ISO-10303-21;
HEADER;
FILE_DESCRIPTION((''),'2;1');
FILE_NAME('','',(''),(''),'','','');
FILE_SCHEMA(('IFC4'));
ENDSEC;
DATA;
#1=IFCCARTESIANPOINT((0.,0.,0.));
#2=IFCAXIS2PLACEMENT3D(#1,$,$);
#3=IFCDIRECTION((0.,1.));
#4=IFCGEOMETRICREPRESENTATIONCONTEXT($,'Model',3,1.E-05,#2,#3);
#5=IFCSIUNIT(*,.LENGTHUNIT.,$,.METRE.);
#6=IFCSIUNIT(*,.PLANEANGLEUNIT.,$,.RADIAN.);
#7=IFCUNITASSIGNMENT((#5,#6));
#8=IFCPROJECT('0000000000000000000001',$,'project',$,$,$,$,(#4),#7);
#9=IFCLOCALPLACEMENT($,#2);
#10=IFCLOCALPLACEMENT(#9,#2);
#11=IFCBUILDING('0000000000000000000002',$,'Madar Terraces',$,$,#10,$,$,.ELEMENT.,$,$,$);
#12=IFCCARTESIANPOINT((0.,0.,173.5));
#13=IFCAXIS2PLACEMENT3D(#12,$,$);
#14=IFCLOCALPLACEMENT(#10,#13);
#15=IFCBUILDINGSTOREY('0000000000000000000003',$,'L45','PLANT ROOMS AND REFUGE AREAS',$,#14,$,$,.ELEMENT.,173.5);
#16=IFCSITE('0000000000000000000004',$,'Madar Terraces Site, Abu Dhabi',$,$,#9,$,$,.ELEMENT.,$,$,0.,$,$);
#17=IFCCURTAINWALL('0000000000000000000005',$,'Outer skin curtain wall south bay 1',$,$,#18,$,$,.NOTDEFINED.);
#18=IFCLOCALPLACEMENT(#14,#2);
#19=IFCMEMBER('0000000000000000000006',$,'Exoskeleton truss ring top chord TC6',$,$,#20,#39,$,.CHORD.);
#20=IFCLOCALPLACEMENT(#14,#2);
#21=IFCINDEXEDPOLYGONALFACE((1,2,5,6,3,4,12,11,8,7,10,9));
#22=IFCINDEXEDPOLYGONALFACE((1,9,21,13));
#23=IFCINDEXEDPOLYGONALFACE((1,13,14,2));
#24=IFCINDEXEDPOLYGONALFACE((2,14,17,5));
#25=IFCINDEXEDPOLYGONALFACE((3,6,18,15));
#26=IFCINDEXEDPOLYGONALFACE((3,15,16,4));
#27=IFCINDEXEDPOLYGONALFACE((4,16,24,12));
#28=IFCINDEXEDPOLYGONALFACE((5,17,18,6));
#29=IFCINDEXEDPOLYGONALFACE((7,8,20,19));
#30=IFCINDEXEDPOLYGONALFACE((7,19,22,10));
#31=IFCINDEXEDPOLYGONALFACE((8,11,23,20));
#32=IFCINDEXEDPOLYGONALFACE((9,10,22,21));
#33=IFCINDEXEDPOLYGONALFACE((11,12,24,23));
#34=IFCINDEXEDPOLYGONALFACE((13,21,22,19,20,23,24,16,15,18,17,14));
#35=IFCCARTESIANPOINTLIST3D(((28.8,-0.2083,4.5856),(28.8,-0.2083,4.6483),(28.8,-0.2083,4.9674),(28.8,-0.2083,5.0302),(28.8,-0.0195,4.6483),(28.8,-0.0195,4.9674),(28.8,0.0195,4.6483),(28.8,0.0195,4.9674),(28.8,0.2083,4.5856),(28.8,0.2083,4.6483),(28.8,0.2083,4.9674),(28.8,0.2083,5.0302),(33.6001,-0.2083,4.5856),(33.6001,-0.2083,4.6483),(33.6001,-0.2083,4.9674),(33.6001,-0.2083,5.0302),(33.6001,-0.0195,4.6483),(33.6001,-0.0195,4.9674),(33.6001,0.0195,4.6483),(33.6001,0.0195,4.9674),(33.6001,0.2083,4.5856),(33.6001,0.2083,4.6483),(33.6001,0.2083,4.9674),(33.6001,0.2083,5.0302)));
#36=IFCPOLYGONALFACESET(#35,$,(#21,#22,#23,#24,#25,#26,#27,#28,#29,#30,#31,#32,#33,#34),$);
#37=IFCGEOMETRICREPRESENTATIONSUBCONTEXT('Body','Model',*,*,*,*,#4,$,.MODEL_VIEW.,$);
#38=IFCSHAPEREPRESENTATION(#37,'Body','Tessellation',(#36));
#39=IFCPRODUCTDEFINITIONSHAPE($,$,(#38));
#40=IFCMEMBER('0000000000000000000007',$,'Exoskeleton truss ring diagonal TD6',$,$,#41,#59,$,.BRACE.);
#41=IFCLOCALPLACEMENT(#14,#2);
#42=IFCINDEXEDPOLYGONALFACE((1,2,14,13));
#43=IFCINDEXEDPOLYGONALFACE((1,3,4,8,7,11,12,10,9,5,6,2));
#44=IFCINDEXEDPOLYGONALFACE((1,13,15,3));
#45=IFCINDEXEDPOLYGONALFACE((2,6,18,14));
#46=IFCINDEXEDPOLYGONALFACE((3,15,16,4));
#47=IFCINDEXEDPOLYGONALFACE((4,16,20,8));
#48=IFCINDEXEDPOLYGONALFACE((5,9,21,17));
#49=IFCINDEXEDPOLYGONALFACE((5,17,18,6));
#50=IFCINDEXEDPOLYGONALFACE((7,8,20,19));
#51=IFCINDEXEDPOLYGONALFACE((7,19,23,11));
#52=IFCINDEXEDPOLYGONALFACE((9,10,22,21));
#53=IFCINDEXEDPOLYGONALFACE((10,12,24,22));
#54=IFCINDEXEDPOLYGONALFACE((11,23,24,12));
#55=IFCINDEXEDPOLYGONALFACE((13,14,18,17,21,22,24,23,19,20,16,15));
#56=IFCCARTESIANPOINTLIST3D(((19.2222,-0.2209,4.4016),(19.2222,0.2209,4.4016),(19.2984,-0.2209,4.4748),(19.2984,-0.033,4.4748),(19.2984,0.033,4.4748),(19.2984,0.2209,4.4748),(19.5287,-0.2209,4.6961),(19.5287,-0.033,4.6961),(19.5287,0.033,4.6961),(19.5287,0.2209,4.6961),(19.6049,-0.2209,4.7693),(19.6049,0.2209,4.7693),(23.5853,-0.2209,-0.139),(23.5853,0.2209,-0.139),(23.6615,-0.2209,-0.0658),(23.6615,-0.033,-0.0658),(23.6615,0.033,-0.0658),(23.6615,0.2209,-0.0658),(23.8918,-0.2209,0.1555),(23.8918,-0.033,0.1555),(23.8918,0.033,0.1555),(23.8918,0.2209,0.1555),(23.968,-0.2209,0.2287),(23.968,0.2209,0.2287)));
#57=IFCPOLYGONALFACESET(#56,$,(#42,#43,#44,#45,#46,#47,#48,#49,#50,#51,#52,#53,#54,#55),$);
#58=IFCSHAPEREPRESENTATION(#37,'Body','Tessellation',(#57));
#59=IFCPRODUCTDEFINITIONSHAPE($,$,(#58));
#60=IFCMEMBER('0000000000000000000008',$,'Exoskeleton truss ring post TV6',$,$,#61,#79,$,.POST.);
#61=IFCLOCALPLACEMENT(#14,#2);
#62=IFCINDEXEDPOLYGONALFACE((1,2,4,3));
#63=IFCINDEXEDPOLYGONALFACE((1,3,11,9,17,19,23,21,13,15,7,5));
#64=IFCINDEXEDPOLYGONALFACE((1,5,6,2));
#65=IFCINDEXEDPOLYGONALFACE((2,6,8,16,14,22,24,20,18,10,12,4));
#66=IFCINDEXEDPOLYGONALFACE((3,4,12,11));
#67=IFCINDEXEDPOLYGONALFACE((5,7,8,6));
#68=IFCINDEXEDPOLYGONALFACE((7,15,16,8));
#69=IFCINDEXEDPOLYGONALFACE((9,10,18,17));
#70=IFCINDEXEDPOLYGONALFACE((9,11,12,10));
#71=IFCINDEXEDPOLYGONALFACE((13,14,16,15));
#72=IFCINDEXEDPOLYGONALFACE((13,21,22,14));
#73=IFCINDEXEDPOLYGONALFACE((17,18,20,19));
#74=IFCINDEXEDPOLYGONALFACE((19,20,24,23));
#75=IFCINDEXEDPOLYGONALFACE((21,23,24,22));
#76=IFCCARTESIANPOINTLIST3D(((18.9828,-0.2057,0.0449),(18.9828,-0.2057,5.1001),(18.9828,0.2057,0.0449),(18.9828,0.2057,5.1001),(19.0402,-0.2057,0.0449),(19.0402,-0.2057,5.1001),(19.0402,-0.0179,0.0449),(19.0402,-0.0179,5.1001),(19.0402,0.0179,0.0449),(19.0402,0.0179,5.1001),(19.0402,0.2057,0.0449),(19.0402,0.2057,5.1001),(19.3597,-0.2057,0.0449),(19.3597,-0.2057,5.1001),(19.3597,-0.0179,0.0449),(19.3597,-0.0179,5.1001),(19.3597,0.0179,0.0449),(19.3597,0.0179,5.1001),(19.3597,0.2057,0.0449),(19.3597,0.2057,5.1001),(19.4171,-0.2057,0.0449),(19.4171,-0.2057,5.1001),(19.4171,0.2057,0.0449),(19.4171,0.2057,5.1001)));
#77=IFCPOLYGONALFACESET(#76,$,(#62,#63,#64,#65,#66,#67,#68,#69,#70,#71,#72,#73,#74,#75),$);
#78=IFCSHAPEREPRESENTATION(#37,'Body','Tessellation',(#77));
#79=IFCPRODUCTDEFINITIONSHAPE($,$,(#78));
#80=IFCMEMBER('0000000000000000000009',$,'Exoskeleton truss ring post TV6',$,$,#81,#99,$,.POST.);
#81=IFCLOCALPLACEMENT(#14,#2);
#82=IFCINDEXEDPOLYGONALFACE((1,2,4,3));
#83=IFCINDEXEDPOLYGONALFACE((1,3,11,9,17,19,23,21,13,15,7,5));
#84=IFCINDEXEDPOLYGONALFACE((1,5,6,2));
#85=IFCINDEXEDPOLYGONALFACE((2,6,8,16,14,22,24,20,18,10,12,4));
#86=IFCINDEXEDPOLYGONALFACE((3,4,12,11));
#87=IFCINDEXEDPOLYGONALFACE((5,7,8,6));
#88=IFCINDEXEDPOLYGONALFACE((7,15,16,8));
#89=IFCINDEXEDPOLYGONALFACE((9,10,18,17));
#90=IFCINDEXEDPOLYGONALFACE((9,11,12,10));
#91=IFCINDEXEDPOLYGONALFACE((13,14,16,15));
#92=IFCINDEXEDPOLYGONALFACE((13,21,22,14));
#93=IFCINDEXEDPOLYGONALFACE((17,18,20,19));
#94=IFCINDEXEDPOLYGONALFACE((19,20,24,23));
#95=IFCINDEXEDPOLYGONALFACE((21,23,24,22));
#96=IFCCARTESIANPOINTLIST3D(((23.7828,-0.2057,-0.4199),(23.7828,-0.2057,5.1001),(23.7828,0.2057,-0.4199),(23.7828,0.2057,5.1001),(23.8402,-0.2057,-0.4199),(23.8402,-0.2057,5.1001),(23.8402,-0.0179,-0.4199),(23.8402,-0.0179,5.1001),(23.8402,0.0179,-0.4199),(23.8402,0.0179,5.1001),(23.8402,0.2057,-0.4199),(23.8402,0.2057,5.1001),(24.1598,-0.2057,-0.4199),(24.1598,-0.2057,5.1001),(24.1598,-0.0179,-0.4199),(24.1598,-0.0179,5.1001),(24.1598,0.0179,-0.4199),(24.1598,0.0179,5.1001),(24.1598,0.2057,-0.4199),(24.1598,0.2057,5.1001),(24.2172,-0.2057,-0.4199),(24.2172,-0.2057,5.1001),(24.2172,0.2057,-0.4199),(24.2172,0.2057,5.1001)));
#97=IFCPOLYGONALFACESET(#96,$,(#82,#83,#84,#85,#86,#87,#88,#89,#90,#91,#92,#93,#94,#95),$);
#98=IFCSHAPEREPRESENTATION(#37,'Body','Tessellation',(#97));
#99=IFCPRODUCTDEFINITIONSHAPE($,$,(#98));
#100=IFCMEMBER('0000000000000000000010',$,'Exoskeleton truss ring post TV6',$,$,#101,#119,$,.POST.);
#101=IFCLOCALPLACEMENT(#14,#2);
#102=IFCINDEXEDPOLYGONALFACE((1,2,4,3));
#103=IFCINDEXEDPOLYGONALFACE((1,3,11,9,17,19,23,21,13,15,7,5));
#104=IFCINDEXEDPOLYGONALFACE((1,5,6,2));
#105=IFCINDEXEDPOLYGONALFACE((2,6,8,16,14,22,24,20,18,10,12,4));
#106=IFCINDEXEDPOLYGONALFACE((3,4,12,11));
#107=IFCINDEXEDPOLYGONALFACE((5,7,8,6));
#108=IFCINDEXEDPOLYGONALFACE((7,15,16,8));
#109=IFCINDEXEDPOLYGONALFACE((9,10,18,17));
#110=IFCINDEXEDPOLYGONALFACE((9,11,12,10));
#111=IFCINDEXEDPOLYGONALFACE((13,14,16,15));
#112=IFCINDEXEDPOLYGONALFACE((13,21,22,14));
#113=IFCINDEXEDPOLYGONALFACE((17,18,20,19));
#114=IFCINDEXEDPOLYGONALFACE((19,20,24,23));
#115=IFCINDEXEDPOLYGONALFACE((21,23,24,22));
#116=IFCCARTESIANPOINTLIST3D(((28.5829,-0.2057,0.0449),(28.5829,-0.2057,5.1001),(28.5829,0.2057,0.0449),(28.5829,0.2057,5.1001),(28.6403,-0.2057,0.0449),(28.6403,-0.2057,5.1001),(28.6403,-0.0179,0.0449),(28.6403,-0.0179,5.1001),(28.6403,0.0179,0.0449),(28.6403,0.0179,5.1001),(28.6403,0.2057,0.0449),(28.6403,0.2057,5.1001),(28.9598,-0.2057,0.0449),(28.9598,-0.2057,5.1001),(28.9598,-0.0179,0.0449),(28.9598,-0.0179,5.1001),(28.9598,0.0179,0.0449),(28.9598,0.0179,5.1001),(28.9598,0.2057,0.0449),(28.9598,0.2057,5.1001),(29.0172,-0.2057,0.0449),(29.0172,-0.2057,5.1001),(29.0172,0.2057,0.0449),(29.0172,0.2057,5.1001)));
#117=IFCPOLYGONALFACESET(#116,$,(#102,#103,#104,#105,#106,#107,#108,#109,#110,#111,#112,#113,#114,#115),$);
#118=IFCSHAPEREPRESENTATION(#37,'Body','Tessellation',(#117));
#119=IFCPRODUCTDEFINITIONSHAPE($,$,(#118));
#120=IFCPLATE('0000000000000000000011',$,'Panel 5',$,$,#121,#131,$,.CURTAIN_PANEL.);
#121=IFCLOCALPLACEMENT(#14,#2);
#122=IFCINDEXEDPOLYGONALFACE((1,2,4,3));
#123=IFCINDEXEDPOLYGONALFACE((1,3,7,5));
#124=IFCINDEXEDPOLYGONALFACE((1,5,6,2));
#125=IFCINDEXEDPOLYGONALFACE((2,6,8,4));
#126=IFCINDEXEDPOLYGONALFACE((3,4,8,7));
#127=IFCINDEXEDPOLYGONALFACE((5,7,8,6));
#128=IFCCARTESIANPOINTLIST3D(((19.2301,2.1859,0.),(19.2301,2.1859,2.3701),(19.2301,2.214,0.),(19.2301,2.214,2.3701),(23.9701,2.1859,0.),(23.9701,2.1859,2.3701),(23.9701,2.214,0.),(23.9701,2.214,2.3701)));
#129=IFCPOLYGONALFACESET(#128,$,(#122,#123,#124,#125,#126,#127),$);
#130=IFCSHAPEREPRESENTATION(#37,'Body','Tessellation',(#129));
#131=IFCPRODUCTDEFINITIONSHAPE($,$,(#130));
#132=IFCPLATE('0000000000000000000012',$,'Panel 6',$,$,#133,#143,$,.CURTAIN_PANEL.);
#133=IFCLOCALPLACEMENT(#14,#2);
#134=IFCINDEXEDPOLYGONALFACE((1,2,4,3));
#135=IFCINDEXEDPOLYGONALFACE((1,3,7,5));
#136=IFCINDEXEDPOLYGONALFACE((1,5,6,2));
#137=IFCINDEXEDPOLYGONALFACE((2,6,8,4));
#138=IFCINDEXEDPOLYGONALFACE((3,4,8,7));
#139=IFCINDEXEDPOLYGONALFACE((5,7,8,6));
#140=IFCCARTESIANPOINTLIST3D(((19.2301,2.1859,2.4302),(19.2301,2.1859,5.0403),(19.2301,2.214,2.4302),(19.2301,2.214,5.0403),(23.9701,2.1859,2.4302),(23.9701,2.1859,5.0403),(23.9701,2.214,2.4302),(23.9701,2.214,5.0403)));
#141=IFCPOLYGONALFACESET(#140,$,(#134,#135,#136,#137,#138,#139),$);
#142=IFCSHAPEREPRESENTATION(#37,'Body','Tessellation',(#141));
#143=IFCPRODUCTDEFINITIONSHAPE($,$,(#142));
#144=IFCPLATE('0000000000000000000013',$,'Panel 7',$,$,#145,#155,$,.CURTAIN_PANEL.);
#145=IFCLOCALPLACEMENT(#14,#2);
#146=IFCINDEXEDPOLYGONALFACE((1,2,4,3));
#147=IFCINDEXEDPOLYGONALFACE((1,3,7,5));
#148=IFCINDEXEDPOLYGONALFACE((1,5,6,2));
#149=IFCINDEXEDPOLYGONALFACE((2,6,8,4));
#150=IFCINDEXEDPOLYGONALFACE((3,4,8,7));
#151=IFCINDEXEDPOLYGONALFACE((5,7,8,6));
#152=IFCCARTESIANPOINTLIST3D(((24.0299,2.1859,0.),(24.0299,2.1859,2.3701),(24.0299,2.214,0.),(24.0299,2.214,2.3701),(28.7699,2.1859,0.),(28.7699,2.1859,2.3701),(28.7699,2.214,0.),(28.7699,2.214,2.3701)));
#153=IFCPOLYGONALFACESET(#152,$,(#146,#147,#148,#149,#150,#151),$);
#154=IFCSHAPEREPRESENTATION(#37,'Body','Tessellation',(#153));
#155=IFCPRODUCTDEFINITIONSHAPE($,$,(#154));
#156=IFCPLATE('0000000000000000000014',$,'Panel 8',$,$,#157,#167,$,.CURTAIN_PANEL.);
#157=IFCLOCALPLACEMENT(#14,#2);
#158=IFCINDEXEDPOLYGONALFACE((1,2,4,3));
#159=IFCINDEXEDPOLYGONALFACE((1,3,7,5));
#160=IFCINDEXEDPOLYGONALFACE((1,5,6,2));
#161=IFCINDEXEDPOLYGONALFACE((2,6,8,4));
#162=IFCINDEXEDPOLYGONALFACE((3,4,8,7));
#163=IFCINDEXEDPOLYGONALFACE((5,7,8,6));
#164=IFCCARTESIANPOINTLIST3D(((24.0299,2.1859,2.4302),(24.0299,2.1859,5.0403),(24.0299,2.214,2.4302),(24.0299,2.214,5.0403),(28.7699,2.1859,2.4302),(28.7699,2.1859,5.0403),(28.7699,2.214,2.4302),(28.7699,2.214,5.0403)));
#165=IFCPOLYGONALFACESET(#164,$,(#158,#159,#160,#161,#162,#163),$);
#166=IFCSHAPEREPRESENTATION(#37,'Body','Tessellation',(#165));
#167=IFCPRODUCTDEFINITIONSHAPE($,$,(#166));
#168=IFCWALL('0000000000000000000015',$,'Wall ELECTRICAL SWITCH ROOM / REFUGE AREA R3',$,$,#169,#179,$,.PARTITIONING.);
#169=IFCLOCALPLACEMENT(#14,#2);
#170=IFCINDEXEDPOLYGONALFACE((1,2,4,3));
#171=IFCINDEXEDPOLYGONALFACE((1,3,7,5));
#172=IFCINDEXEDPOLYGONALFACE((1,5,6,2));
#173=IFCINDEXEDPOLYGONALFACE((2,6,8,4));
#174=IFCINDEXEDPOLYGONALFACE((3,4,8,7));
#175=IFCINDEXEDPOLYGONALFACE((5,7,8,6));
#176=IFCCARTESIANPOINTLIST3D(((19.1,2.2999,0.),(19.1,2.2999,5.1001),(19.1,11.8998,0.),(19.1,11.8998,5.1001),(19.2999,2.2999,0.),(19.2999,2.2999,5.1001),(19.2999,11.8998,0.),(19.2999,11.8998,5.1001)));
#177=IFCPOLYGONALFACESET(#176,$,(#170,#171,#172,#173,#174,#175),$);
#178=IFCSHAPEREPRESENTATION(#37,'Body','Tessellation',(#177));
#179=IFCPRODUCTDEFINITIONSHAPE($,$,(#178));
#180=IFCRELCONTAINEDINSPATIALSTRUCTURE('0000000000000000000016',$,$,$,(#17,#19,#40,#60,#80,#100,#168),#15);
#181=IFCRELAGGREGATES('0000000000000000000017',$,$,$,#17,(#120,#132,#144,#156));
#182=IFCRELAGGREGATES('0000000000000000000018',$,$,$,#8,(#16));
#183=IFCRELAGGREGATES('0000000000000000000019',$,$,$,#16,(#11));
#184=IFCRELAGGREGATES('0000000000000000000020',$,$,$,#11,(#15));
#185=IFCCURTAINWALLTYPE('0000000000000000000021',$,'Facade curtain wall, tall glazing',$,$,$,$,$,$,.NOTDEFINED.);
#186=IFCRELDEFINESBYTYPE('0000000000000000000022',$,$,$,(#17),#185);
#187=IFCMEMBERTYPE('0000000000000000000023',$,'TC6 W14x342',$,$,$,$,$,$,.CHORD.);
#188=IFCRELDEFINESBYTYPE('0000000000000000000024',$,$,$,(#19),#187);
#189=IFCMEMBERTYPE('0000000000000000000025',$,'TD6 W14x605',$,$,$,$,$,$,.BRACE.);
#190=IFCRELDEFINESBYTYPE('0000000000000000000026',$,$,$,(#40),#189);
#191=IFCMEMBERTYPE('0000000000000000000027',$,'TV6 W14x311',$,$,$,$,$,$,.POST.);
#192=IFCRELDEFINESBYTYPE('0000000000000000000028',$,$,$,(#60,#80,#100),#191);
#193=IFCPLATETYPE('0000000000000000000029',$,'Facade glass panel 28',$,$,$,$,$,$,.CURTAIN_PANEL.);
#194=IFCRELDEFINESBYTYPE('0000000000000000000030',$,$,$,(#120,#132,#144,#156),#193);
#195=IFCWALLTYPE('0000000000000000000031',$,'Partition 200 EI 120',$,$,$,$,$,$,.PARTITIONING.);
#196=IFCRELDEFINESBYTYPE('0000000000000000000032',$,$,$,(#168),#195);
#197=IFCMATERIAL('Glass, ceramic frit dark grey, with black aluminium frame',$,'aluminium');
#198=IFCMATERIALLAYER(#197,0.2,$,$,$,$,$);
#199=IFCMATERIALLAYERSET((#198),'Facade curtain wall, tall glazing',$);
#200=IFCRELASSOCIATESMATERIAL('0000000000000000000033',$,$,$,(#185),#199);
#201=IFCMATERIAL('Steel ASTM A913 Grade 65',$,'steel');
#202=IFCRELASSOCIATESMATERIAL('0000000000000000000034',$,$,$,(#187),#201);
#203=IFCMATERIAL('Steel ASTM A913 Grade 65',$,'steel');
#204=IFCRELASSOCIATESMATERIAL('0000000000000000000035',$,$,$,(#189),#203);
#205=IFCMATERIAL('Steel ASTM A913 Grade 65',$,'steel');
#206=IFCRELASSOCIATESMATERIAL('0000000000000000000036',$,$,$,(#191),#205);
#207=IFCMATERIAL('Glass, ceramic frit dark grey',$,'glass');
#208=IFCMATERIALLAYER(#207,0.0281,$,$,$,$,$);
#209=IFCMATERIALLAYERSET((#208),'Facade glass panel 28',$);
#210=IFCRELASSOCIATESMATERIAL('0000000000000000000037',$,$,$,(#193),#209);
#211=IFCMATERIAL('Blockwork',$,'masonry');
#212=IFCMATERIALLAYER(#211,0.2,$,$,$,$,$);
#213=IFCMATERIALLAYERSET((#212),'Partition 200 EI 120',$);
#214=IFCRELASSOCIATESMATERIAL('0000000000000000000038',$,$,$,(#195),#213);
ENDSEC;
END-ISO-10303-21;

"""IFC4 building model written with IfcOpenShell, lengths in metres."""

from ifc_helpers import new_model, si_unit, direction, frame, frame_2d, origin, origin_2d, place, context, subcontext, project, spatial, rectangle, i_section, extrude, material, layer, layer_set, material_profile, profile_set, type_object, element, aggregate, save


model = new_model("IFC4")

# Units and contexts
model_context = context("Model", 3, precision=1e-05, world=origin(), true_north=direction((0.0, 1.0)))
body_context = subcontext(model_context, "Body", "Model", "MODEL_VIEW")
ifc_project = project(units=[si_unit("LENGTHUNIT", "METRE"), si_unit("PLANEANGLEUNIT", "RADIAN")], contexts=[model_context])

# Site, building, storey
site_placement = place(None, origin())
site = spatial("IfcSite", under=ifc_project, at=site_placement, Name="Madar Terraces Site, Abu Dhabi", CompositionType="ELEMENT", RefElevation=0.0)
building_placement = place(site_placement, origin())
building = spatial("IfcBuilding", under=site, at=building_placement, Name="Madar Terraces", CompositionType="ELEMENT")
storey_placement = place(building_placement, frame((0.0, 0.0, 173.5)))
storey = spatial("IfcBuildingStorey", under=building, at=storey_placement, Name="L45", Description="PLANT ROOMS AND REFUGE AREAS", CompositionType="ELEMENT", Elevation=173.5)

# Curtain wall
ifc_material_1 = material(Name="Glass, ceramic frit dark grey, with black aluminium frame", Category="aluminium")
ifc_layer_1 = layer(ifc_material_1, 0.2)
ifc_layer_set_1 = layer_set([ifc_layer_1], Name="Facade curtain wall, tall glazing")
curtain_wall_type = type_object("IfcCurtainWallType", Name="Facade curtain wall, tall glazing", PredefinedType="NOTDEFINED", material=ifc_layer_set_1)
curtain_wall_placement = place(storey_placement, origin())
curtain_wall = element("IfcCurtainWall", 1, at=curtain_wall_placement, inside=storey, type_object=curtain_wall_type, Name="Outer skin curtain wall south bay 1", PredefinedType="NOTDEFINED")

# Members
ifc_material_2 = material(Name="Steel ASTM A913 Grade 65", Category="steel")
ifc_material_profile_1 = material_profile(ifc_material_2, i_section(OverallWidth=0.4165, OverallDepth=0.4446, WebThickness=0.0391, FlangeThickness=0.0627, at=origin_2d()), Name="W14x342")
ifc_profile_set_1 = profile_set([ifc_material_profile_1], Name="Steel ASTM A913 Grade 65")
member_type_1 = type_object("IfcMemberType", Name="TC6 W14x342", PredefinedType="CHORD", material=ifc_profile_set_1)
for number, where, z_axis, x_axis, name in (
    (2, (28.8, 0.0, 4.8079), (1.0, 0.0, 0.0), (0.0, 1.0, 0.0), "Exoskeleton truss ring top chord TC6"),
):
    element("IfcMember", number, at=place(storey_placement, frame(where, z_axis=z_axis, x_axis=x_axis)), inside=storey, type_object=member_type_1, Name=name, PredefinedType="CHORD", context=body_context, shape_type="SweptSolid", body=[
        extrude(i_section(OverallWidth=0.4165, OverallDepth=0.4446, WebThickness=0.0391, FlangeThickness=0.0627, at=origin_2d()), origin(), (0.0, 0.0, 1.0), 4.8),
    ])
ifc_material_3 = material(Name="Steel ASTM A913 Grade 65", Category="steel")
ifc_material_profile_2 = material_profile(ifc_material_3, i_section(OverallWidth=0.4419, OverallDepth=0.5308, WebThickness=0.0659, FlangeThickness=0.1057, at=origin_2d()), Name="W14x605")
ifc_profile_set_2 = profile_set([ifc_material_profile_2], Name="Steel ASTM A913 Grade 65")
member_type_2 = type_object("IfcMemberType", Name="TD6 W14x605", PredefinedType="BRACE", material=ifc_profile_set_2)
member_1_placement = place(storey_placement, frame((19.4136, 0.0, 4.5854), z_axis=(0.692873, 0.0, -0.72106), x_axis=(0.0, 1.0, 0.0)))
element("IfcMember", 3, at=member_1_placement, inside=storey, type_object=member_type_2, Name="Exoskeleton truss ring diagonal TD6", PredefinedType="BRACE", context=body_context, shape_type="SweptSolid", body=[
    extrude(i_section(OverallWidth=0.4419, OverallDepth=0.5308, WebThickness=0.0659, FlangeThickness=0.1057, at=origin_2d()), origin(), (0.0, 0.0, 1.0), 6.2971),
])
ifc_material_4 = material(Name="Steel ASTM A913 Grade 65", Category="steel")
ifc_material_profile_3 = material_profile(ifc_material_4, i_section(OverallWidth=0.4114, OverallDepth=0.4343, WebThickness=0.0359, FlangeThickness=0.0574, at=origin_2d()), Name="W14x311")
ifc_profile_set_3 = profile_set([ifc_material_profile_3], Name="Steel ASTM A913 Grade 65")
member_type_3 = type_object("IfcMemberType", Name="TV6 W14x311", PredefinedType="POST", material=ifc_profile_set_3)
member_2_placement = place(storey_placement, frame((19.2, 0.0, 0.0449), z_axis=(0.0, 0.0, 1.0), x_axis=(0.0, 1.0, 0.0)))
element("IfcMember", 4, at=member_2_placement, inside=storey, type_object=member_type_3, Name="Exoskeleton truss ring post TV6", PredefinedType="POST", context=body_context, shape_type="SweptSolid", body=[
    extrude(i_section(OverallWidth=0.4114, OverallDepth=0.4343, WebThickness=0.0359, FlangeThickness=0.0574, at=origin_2d()), origin(), (0.0, 0.0, 1.0), 5.0552),
])
member_3_placement = place(storey_placement, frame((24.0, 0.0, -0.4199), z_axis=(0.0, 0.0, 1.0), x_axis=(0.0, 1.0, 0.0)))
element("IfcMember", 5, at=member_3_placement, inside=storey, type_object=member_type_3, Name="Exoskeleton truss ring post TV6", PredefinedType="POST", context=body_context, shape_type="SweptSolid", body=[
    extrude(i_section(OverallWidth=0.4114, OverallDepth=0.4343, WebThickness=0.0359, FlangeThickness=0.0574, at=origin_2d()), origin(), (0.0, 0.0, 1.0), 5.52),
])
member_4_placement = place(storey_placement, frame((28.8, 0.0, 0.0449), z_axis=(0.0, 0.0, 1.0), x_axis=(0.0, 1.0, 0.0)))
element("IfcMember", 6, at=member_4_placement, inside=storey, type_object=member_type_3, Name="Exoskeleton truss ring post TV6", PredefinedType="POST", context=body_context, shape_type="SweptSolid", body=[
    extrude(i_section(OverallWidth=0.4114, OverallDepth=0.4343, WebThickness=0.0359, FlangeThickness=0.0574, at=origin_2d()), origin(), (0.0, 0.0, 1.0), 5.0552),
])

# Plates
ifc_material_5 = material(Name="Glass, ceramic frit dark grey", Category="glass")
ifc_layer_2 = layer(ifc_material_5, 0.0281)
ifc_layer_set_2 = layer_set([ifc_layer_2], Name="Facade glass panel 28")
plate_type = type_object("IfcPlateType", Name="Facade glass panel 28", PredefinedType="CURTAIN_PANEL", material=ifc_layer_set_2)
plate_1_placement = place(storey_placement, frame((21.6001, 2.2, 0.0), z_axis=(0.0, 0.0, 1.0), x_axis=(1.0, 0.0, 0.0)))
plate_1 = element("IfcPlate", 7, at=plate_1_placement, type_object=plate_type, Name="Panel 5", PredefinedType="CURTAIN_PANEL", context=body_context, shape_type="SweptSolid", body=[
    extrude(rectangle(XDim=4.74, YDim=0.0281, at=origin_2d()), origin(), (0.0, 0.0, 1.0), 2.3701),
])
plate_2_placement = place(storey_placement, frame((21.6001, 2.2, 2.4302), z_axis=(0.0, 0.0, 1.0), x_axis=(1.0, 0.0, 0.0)))
plate_2 = element("IfcPlate", 8, at=plate_2_placement, type_object=plate_type, Name="Panel 6", PredefinedType="CURTAIN_PANEL", context=body_context, shape_type="SweptSolid", body=[
    extrude(rectangle(XDim=4.74, YDim=0.0281, at=origin_2d()), origin(), (0.0, 0.0, 1.0), 2.6101),
])
plate_3_placement = place(storey_placement, frame((26.3999, 2.2, 0.0), z_axis=(0.0, 0.0, 1.0), x_axis=(1.0, 0.0, 0.0)))
plate_3 = element("IfcPlate", 9, at=plate_3_placement, type_object=plate_type, Name="Panel 7", PredefinedType="CURTAIN_PANEL", context=body_context, shape_type="SweptSolid", body=[
    extrude(rectangle(XDim=4.74, YDim=0.0281, at=origin_2d()), origin(), (0.0, 0.0, 1.0), 2.3701),
])
plate_4_placement = place(storey_placement, frame((26.3999, 2.2, 2.4302), z_axis=(0.0, 0.0, 1.0), x_axis=(1.0, 0.0, 0.0)))
plate_4 = element("IfcPlate", 10, at=plate_4_placement, type_object=plate_type, Name="Panel 8", PredefinedType="CURTAIN_PANEL", context=body_context, shape_type="SweptSolid", body=[
    extrude(rectangle(XDim=4.74, YDim=0.0281, at=origin_2d()), origin(), (0.0, 0.0, 1.0), 2.6101),
])
aggregate(curtain_wall, [plate_1, plate_2, plate_3, plate_4])

# Wall
ifc_material_6 = material(Name="Blockwork", Category="masonry")
ifc_layer_3 = layer(ifc_material_6, 0.2)
ifc_layer_set_3 = layer_set([ifc_layer_3], Name="Partition 200 EI 120")
wall_type = type_object("IfcWallType", Name="Partition 200 EI 120", PredefinedType="PARTITIONING", material=ifc_layer_set_3)
wall_placement = place(storey_placement, frame((19.2, 2.3, 0.0), z_axis=(0.0, 0.0, 1.0), x_axis=(0.0, 1.0, 0.0)))
element("IfcWall", 11, at=wall_placement, inside=storey, type_object=wall_type, Name="Wall ELECTRICAL SWITCH ROOM / REFUGE AREA R3", PredefinedType="PARTITIONING", context=body_context, shape_type="SweptSolid", body=[
    extrude(rectangle(XDim=9.5999, YDim=0.2, at=frame_2d((4.7998, 0.0))), origin(), (0.0, 0.0, 1.0), 5.1001),
])

save(model, "model.ifc")
